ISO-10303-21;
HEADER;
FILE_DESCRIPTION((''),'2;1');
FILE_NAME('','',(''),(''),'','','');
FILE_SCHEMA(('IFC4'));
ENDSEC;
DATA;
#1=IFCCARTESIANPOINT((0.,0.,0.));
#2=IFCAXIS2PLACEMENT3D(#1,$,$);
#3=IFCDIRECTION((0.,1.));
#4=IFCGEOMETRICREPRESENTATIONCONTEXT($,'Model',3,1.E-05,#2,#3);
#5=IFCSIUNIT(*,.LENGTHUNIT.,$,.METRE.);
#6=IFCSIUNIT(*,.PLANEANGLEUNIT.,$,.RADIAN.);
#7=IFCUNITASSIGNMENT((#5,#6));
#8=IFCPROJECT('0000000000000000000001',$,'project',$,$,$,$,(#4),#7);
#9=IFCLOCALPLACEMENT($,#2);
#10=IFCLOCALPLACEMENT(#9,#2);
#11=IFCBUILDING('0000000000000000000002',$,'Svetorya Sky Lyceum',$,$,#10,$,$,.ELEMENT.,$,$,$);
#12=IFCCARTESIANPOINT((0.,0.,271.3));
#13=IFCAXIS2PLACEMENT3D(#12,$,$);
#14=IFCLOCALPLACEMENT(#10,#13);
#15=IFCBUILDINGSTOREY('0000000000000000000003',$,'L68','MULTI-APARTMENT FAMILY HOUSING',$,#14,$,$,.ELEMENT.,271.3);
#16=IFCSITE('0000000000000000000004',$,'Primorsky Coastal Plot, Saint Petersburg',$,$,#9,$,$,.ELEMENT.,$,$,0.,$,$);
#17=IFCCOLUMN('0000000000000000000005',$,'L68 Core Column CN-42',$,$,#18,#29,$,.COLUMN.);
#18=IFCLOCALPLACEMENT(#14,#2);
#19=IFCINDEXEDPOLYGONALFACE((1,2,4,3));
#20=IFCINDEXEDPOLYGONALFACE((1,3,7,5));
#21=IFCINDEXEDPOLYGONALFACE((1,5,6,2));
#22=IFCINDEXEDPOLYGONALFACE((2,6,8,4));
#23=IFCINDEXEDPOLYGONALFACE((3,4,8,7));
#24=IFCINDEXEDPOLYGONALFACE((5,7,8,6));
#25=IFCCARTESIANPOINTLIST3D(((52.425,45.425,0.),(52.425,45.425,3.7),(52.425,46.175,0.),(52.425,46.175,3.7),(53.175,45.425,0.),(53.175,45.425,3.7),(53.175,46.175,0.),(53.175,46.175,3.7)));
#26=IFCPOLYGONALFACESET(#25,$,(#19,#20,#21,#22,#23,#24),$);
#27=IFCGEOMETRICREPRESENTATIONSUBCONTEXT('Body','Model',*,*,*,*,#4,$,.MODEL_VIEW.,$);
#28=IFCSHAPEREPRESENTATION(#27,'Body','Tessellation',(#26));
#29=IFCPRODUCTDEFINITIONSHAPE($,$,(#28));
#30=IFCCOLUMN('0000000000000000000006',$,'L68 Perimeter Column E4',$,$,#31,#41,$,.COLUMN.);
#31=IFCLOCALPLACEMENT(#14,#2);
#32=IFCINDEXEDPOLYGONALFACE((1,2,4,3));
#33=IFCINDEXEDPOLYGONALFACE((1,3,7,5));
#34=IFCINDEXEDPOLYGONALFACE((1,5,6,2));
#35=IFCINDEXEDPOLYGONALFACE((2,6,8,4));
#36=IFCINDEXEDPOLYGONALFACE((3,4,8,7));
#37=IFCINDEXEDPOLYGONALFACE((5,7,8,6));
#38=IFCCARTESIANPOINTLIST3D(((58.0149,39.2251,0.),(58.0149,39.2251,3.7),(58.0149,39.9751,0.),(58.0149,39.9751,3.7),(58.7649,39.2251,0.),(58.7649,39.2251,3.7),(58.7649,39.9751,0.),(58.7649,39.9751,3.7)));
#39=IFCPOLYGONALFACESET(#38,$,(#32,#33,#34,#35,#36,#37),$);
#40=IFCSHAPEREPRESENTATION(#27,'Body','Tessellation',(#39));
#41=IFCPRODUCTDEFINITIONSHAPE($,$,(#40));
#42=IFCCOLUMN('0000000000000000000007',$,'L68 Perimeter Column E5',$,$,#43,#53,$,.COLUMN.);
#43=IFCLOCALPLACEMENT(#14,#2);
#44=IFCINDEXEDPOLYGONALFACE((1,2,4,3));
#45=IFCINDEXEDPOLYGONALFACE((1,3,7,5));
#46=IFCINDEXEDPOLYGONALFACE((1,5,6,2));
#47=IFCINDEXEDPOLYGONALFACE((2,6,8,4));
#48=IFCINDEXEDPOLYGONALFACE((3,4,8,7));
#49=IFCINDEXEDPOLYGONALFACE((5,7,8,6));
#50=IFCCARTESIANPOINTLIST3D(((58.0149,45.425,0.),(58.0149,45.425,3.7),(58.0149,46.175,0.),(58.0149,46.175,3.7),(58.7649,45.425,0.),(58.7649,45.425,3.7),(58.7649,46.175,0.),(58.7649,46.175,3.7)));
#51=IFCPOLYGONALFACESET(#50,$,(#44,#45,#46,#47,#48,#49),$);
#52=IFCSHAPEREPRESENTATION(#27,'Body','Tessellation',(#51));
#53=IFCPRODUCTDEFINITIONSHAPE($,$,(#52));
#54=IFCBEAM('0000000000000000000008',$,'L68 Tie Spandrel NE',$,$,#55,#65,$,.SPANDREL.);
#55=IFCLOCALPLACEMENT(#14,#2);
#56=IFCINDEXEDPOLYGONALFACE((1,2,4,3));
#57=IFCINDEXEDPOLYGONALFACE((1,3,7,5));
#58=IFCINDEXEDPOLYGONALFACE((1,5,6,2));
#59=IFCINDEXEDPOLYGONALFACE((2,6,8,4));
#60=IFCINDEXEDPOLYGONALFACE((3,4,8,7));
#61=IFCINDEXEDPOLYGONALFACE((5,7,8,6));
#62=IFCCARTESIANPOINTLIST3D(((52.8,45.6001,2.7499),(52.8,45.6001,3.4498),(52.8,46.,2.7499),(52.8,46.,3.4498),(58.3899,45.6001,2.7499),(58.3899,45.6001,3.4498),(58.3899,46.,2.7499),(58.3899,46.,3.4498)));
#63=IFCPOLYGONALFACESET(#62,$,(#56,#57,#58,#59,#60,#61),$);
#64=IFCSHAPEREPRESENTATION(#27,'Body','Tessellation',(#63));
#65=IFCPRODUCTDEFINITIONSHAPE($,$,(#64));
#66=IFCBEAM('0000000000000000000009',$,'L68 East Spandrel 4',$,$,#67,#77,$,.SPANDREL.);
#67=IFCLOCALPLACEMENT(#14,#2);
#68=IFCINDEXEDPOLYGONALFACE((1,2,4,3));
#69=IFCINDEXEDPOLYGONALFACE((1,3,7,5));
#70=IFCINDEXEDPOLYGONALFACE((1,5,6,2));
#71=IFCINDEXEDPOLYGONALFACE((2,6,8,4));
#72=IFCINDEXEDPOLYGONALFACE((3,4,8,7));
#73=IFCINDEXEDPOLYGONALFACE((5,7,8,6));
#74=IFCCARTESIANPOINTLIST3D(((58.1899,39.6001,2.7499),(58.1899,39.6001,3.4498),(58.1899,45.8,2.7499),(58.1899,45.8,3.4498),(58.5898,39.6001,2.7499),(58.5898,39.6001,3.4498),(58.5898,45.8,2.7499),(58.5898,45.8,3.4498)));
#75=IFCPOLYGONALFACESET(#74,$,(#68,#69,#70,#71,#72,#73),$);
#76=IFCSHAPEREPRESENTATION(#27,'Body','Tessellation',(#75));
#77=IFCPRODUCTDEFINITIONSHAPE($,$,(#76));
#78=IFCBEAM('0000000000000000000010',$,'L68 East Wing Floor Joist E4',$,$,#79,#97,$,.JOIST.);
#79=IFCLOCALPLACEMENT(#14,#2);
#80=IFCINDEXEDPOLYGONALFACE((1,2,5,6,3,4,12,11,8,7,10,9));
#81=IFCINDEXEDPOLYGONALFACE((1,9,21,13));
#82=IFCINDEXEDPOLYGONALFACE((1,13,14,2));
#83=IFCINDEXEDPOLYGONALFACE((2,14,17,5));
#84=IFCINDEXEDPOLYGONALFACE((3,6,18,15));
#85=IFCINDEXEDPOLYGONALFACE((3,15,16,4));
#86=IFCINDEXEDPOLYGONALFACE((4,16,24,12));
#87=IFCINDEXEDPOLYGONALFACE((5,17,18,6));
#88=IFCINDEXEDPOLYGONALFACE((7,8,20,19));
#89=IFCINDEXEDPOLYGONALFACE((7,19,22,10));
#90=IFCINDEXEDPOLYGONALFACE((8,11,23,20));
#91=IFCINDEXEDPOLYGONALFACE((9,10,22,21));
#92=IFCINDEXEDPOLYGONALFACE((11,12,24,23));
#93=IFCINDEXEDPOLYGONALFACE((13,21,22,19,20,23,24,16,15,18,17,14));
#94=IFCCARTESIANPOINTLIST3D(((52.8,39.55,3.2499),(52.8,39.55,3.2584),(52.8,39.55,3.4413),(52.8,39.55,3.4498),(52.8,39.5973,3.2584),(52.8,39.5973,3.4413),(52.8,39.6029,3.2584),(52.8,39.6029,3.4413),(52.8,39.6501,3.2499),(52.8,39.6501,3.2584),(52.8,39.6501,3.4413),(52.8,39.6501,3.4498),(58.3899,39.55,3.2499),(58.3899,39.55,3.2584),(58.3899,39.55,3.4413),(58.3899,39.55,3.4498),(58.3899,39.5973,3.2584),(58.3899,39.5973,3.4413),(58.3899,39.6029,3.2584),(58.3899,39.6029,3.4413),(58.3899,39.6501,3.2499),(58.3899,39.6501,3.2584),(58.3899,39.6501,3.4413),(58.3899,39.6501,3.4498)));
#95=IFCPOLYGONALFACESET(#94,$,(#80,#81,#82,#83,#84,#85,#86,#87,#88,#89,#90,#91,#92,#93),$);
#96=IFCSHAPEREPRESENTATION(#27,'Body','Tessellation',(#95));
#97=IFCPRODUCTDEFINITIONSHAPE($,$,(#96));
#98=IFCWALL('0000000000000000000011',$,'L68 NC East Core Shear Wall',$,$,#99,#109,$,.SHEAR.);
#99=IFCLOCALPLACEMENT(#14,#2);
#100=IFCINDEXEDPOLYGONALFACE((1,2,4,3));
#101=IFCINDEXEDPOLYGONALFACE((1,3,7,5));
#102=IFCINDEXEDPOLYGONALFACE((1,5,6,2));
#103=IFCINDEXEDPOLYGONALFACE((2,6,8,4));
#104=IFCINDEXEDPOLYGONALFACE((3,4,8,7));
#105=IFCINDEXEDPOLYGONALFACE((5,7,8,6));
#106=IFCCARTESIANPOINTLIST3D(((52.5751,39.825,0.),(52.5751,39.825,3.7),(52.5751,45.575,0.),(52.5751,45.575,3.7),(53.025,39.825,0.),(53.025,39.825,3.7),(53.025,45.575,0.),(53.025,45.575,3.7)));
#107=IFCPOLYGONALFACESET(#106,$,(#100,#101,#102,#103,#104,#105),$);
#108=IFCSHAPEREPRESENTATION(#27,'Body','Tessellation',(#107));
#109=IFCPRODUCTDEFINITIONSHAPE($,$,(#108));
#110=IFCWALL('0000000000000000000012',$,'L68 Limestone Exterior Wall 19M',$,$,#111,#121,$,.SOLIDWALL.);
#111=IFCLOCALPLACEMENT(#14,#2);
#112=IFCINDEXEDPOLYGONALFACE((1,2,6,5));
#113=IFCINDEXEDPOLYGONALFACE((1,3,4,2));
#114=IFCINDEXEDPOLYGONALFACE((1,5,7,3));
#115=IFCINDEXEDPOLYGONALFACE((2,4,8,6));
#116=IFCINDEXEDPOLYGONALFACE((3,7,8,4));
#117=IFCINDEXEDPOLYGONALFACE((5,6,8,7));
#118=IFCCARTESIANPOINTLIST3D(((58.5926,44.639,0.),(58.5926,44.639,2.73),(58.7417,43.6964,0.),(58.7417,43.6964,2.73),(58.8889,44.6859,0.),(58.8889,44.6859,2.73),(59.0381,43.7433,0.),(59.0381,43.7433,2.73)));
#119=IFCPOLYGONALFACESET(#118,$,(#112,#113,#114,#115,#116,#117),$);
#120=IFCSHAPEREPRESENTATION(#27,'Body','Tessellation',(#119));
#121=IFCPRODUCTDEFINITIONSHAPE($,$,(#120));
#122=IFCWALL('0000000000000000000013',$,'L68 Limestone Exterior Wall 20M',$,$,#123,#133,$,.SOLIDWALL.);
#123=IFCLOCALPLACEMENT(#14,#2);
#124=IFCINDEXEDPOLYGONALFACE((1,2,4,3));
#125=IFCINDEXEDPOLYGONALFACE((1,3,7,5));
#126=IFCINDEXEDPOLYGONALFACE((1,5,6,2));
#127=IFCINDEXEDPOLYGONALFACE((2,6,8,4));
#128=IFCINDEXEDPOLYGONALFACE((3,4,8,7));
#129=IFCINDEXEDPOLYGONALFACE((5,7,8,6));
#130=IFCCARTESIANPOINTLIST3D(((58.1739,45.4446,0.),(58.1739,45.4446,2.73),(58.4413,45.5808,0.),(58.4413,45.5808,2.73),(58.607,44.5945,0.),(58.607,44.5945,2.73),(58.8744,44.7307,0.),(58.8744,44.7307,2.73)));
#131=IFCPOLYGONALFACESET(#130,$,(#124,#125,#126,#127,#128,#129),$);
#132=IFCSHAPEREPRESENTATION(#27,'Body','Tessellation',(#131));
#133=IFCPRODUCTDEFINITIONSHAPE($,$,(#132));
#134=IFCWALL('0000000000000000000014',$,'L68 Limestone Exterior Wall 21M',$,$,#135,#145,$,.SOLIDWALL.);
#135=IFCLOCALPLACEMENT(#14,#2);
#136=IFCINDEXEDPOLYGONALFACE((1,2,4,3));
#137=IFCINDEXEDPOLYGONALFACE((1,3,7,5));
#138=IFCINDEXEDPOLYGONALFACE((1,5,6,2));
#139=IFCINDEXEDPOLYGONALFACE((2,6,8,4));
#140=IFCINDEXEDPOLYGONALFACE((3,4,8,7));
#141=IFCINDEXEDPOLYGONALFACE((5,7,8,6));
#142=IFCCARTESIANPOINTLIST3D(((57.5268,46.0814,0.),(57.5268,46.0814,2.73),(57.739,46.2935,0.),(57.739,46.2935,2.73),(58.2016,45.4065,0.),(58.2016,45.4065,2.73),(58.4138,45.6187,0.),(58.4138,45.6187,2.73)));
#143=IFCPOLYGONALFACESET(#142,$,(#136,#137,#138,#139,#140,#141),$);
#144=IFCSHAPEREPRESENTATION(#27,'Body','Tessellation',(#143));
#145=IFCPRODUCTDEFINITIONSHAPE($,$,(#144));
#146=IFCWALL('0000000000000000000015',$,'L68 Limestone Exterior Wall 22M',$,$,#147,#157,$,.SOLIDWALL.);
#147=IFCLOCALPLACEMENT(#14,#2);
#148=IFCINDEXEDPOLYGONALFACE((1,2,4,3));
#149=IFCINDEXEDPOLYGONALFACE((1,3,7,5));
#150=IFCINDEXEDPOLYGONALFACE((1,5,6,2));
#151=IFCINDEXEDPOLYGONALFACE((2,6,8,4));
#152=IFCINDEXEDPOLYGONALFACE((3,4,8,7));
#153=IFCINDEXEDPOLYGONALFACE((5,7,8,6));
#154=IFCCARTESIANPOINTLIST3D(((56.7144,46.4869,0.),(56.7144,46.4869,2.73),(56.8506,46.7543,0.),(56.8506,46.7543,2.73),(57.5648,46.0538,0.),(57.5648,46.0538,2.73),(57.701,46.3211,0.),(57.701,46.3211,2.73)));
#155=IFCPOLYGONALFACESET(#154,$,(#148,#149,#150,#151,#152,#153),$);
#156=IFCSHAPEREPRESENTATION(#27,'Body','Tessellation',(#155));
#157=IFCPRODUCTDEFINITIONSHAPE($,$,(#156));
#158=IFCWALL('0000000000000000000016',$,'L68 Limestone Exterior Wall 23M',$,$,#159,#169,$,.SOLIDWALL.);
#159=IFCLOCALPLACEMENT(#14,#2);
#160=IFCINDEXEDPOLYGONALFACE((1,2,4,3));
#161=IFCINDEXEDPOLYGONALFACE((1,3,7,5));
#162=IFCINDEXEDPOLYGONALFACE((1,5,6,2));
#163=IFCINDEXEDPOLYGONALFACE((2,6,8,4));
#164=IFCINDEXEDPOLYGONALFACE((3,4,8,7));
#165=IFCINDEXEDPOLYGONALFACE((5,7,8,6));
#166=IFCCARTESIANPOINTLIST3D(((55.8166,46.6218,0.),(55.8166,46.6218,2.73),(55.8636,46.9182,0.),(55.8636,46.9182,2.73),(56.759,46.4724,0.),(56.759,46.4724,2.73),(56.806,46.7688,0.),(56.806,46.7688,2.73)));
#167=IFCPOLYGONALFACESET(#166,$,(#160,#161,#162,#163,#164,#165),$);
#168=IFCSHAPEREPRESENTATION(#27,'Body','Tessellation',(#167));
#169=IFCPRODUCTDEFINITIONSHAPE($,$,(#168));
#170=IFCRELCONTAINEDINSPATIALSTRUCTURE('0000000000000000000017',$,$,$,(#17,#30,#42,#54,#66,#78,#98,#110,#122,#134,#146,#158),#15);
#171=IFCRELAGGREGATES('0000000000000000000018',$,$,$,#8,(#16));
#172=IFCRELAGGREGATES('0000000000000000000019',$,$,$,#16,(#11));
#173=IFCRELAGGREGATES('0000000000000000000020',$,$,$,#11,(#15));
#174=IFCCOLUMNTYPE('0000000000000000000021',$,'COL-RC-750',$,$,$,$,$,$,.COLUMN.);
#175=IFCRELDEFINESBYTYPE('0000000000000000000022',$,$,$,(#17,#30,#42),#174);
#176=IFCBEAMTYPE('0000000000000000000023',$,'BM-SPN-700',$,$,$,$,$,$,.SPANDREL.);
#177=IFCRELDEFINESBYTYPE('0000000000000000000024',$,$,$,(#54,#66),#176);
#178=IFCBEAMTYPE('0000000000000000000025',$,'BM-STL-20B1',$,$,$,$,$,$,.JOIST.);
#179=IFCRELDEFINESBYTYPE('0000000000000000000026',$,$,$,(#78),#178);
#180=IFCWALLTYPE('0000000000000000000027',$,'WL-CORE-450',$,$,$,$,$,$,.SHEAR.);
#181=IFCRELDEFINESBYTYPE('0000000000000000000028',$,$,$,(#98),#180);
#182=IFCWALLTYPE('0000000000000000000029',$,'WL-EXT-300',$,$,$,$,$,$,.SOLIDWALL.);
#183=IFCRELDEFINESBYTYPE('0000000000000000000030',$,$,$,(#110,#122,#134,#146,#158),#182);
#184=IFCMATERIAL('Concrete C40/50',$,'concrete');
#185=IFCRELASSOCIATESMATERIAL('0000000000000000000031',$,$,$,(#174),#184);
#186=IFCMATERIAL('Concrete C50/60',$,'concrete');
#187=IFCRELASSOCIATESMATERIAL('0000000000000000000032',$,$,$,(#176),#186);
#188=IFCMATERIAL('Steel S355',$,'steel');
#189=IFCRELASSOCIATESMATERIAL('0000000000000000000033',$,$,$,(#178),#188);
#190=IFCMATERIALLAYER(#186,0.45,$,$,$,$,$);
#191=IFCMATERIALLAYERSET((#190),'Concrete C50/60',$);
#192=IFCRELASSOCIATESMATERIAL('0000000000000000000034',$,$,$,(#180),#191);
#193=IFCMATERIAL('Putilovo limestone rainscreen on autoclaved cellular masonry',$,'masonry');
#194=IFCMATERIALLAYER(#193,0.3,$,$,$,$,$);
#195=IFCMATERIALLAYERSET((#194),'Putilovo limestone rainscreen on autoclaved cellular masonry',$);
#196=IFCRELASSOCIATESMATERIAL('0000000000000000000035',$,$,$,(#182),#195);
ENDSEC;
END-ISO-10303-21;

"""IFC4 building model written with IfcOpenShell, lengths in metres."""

from ifc_helpers import new_model, si_unit, direction, frame, frame_2d, origin, origin_2d, place, context, subcontext, project, spatial, rectangle, i_section, extrude, material, layer, layer_set, material_profile, profile_set, type_object, element, save


model = new_model("IFC4")

# Units and contexts
model_context = context("Model", 3, precision=1e-05, world=origin(), true_north=direction((0.0, 1.0)))
body_context = subcontext(model_context, "Body", "Model", "MODEL_VIEW")
ifc_project = project(units=[si_unit("LENGTHUNIT", "METRE"), si_unit("PLANEANGLEUNIT", "RADIAN")], contexts=[model_context])

# Site, building, storey
site_placement = place(None, origin())
site = spatial("IfcSite", under=ifc_project, at=site_placement, Name="Primorsky Coastal Plot, Saint Petersburg", CompositionType="ELEMENT", RefElevation=0.0)
building_placement = place(site_placement, origin())
building = spatial("IfcBuilding", under=site, at=building_placement, Name="Svetorya Sky Lyceum", CompositionType="ELEMENT")
storey_placement = place(building_placement, frame((0.0, 0.0, 271.3)))
storey = spatial("IfcBuildingStorey", under=building, at=storey_placement, Name="L68", Description="MULTI-APARTMENT FAMILY HOUSING", CompositionType="ELEMENT", Elevation=271.3)

# Columns
ifc_material_1 = material(Name="Concrete C40/50", Category="concrete")
ifc_material_profile_1 = material_profile(ifc_material_1, rectangle(XDim=0.75, YDim=0.75, at=origin_2d()), Name="RC COL 750x750")
ifc_profile_set_1 = profile_set([ifc_material_profile_1], Name="Concrete C40/50")
column_type = type_object("IfcColumnType", Name="COL-RC-750", PredefinedType="COLUMN", material=ifc_profile_set_1)
for number, where, z_axis, x_axis, name in (
    (1, (52.8, 45.8, 0.0), (0.0, 0.0, 1.0), (1.0, 0.0, 0.0), "L68 Core Column CN-42"),
    (2, (58.3899, 39.6001, 0.0), (0.0, 0.0, 1.0), (1.0, 0.0, 0.0), "L68 Perimeter Column E4"),
    (3, (58.3899, 45.8, 0.0), (0.0, 0.0, 1.0), (1.0, 0.0, 0.0), "L68 Perimeter Column E5"),
):
    element("IfcColumn", number, at=place(storey_placement, frame(where, z_axis=z_axis, x_axis=x_axis)), inside=storey, type_object=column_type, Name=name, PredefinedType="COLUMN", context=body_context, shape_type="SweptSolid", body=[
        extrude(rectangle(XDim=0.75, YDim=0.75, at=origin_2d()), origin(), (0.0, 0.0, 1.0), 3.7),
    ])

# Beams
ifc_material_2 = material(Name="Concrete C50/60", Category="concrete")
ifc_material_profile_2 = material_profile(ifc_material_2, rectangle(XDim=0.3999, YDim=0.7, at=origin_2d()), Name="RC SPANDREL 400x700")
ifc_profile_set_2 = profile_set([ifc_material_profile_2], Name="Concrete C50/60")
beam_type_1 = type_object("IfcBeamType", Name="BM-SPN-700", PredefinedType="SPANDREL", material=ifc_profile_set_2)
beam_1_placement = place(storey_placement, frame((52.8, 45.8, 3.0999), z_axis=(1.0, 0.0, 0.0), x_axis=(0.0, 1.0, 0.0)))
element("IfcBeam", 4, at=beam_1_placement, inside=storey, type_object=beam_type_1, Name="L68 Tie Spandrel NE", PredefinedType="SPANDREL", context=body_context, shape_type="SweptSolid", body=[
    extrude(rectangle(XDim=0.3999, YDim=0.7, at=origin_2d()), origin(), (0.0, 0.0, 1.0), 5.5898),
])
beam_2_placement = place(storey_placement, frame((58.3899, 39.6001, 3.0999), z_axis=(0.0, 1.0, 0.0), x_axis=(-1.0, 0.0, 0.0)))
element("IfcBeam", 5, at=beam_2_placement, inside=storey, type_object=beam_type_1, Name="L68 East Spandrel 4", PredefinedType="SPANDREL", context=body_context, shape_type="SweptSolid", body=[
    extrude(rectangle(XDim=0.3999, YDim=0.7, at=origin_2d()), origin(), (0.0, 0.0, 1.0), 6.2),
])
ifc_material_3 = material(Name="Steel S355", Category="steel")
ifc_material_profile_3 = material_profile(ifc_material_3, i_section(OverallWidth=0.1001, OverallDepth=0.2, WebThickness=0.0056, FlangeThickness=0.0085, at=origin_2d()), Name="GOST 20B1")
ifc_profile_set_3 = profile_set([ifc_material_profile_3], Name="Steel S355")
beam_type_2 = type_object("IfcBeamType", Name="BM-STL-20B1", PredefinedType="JOIST", material=ifc_profile_set_3)
beam_3_placement = place(storey_placement, frame((52.8, 39.6001, 3.3499), z_axis=(1.0, 0.0, 0.0), x_axis=(0.0, 1.0, 0.0)))
element("IfcBeam", 6, at=beam_3_placement, inside=storey, type_object=beam_type_2, Name="L68 East Wing Floor Joist E4", PredefinedType="JOIST", context=body_context, shape_type="SweptSolid", body=[
    extrude(i_section(OverallWidth=0.1001, OverallDepth=0.2, WebThickness=0.0056, FlangeThickness=0.0085, at=origin_2d()), origin(), (0.0, 0.0, 1.0), 5.5898),
])

# Walls
ifc_layer_1 = layer(ifc_material_2, 0.45)
ifc_layer_set_1 = layer_set([ifc_layer_1], Name="Concrete C50/60")
wall_type_1 = type_object("IfcWallType", Name="WL-CORE-450", PredefinedType="SHEAR", material=ifc_layer_set_1)
wall_1_placement = place(storey_placement, frame((52.8, 39.825, 0.0), z_axis=(0.0, 0.0, 1.0), x_axis=(0.0, 1.0, 0.0)))
element("IfcWall", 7, at=wall_1_placement, inside=storey, type_object=wall_type_1, Name="L68 NC East Core Shear Wall", PredefinedType="SHEAR", context=body_context, shape_type="SweptSolid", body=[
    extrude(rectangle(XDim=5.75, YDim=0.45, at=frame_2d((2.875, 0.0))), origin(), (0.0, 0.0, 1.0), 3.7),
])
ifc_material_4 = material(Name="Putilovo limestone rainscreen on autoclaved cellular masonry", Category="masonry")
ifc_layer_2 = layer(ifc_material_4, 0.3)
ifc_layer_set_2 = layer_set([ifc_layer_2], Name="Putilovo limestone rainscreen on autoclaved cellular masonry")
wall_type_2 = type_object("IfcWallType", Name="WL-EXT-300", PredefinedType="SOLIDWALL", material=ifc_layer_set_2)
wall_2_placement = place(storey_placement, frame((58.8899, 43.72, 0.0), z_axis=(0.0, 0.0, 1.0), x_axis=(-0.156304, 0.987709, 0.0)))
element("IfcWall", 8, at=wall_2_placement, inside=storey, type_object=wall_type_2, Name="L68 Limestone Exterior Wall 19M", PredefinedType="SOLIDWALL", context=body_context, shape_type="SweptSolid", body=[
    extrude(rectangle(XDim=0.9543, YDim=0.3, at=frame_2d((0.4771, 0.0))), origin(), (0.0, 0.0, 1.0), 2.73),
])
wall_3_placement = place(storey_placement, frame((58.7407, 44.6626, 0.0), z_axis=(0.0, 0.0, 1.0), x_axis=(-0.453956, 0.891024, 0.0)))
element("IfcWall", 9, at=wall_3_placement, inside=storey, type_object=wall_type_2, Name="L68 Limestone Exterior Wall 20M", PredefinedType="SOLIDWALL", context=body_context, shape_type="SweptSolid", body=[
    extrude(rectangle(XDim=0.9541, YDim=0.3, at=frame_2d((0.4771, 0.0))), origin(), (0.0, 0.0, 1.0), 2.73),
])
for number, where, z_axis, x_axis, name in (
    (10, (58.3076, 45.5127, 0.0), (0.0, 0.0, 1.0), (-0.707107, 0.707107, 0.0), "L68 Limestone Exterior Wall 21M"),
    (11, (57.6328, 46.1875, 0.0), (0.0, 0.0, 1.0), (-0.891077, 0.453853, 0.0), "L68 Limestone Exterior Wall 22M"),
):
    element("IfcWall", number, at=place(storey_placement, frame(where, z_axis=z_axis, x_axis=x_axis)), inside=storey, type_object=wall_type_2, Name=name, PredefinedType="SOLIDWALL", context=body_context, shape_type="SweptSolid", body=[
        extrude(rectangle(XDim=0.9543, YDim=0.3, at=frame_2d((0.4771, 0.0))), origin(), (0.0, 0.0, 1.0), 2.73),
    ])
wall_4_placement = place(storey_placement, frame((56.7825, 46.6206, 0.0), z_axis=(0.0, 0.0, 1.0), x_axis=(-0.987663, 0.156593, 0.0)))
element("IfcWall", 12, at=wall_4_placement, inside=storey, type_object=wall_type_2, Name="L68 Limestone Exterior Wall 23M", PredefinedType="SOLIDWALL", context=body_context, shape_type="SweptSolid", body=[
    extrude(rectangle(XDim=0.9541, YDim=0.3, at=frame_2d((0.4771, 0.0))), origin(), (0.0, 0.0, 1.0), 2.73),
])

save(model, "model.ifc")
